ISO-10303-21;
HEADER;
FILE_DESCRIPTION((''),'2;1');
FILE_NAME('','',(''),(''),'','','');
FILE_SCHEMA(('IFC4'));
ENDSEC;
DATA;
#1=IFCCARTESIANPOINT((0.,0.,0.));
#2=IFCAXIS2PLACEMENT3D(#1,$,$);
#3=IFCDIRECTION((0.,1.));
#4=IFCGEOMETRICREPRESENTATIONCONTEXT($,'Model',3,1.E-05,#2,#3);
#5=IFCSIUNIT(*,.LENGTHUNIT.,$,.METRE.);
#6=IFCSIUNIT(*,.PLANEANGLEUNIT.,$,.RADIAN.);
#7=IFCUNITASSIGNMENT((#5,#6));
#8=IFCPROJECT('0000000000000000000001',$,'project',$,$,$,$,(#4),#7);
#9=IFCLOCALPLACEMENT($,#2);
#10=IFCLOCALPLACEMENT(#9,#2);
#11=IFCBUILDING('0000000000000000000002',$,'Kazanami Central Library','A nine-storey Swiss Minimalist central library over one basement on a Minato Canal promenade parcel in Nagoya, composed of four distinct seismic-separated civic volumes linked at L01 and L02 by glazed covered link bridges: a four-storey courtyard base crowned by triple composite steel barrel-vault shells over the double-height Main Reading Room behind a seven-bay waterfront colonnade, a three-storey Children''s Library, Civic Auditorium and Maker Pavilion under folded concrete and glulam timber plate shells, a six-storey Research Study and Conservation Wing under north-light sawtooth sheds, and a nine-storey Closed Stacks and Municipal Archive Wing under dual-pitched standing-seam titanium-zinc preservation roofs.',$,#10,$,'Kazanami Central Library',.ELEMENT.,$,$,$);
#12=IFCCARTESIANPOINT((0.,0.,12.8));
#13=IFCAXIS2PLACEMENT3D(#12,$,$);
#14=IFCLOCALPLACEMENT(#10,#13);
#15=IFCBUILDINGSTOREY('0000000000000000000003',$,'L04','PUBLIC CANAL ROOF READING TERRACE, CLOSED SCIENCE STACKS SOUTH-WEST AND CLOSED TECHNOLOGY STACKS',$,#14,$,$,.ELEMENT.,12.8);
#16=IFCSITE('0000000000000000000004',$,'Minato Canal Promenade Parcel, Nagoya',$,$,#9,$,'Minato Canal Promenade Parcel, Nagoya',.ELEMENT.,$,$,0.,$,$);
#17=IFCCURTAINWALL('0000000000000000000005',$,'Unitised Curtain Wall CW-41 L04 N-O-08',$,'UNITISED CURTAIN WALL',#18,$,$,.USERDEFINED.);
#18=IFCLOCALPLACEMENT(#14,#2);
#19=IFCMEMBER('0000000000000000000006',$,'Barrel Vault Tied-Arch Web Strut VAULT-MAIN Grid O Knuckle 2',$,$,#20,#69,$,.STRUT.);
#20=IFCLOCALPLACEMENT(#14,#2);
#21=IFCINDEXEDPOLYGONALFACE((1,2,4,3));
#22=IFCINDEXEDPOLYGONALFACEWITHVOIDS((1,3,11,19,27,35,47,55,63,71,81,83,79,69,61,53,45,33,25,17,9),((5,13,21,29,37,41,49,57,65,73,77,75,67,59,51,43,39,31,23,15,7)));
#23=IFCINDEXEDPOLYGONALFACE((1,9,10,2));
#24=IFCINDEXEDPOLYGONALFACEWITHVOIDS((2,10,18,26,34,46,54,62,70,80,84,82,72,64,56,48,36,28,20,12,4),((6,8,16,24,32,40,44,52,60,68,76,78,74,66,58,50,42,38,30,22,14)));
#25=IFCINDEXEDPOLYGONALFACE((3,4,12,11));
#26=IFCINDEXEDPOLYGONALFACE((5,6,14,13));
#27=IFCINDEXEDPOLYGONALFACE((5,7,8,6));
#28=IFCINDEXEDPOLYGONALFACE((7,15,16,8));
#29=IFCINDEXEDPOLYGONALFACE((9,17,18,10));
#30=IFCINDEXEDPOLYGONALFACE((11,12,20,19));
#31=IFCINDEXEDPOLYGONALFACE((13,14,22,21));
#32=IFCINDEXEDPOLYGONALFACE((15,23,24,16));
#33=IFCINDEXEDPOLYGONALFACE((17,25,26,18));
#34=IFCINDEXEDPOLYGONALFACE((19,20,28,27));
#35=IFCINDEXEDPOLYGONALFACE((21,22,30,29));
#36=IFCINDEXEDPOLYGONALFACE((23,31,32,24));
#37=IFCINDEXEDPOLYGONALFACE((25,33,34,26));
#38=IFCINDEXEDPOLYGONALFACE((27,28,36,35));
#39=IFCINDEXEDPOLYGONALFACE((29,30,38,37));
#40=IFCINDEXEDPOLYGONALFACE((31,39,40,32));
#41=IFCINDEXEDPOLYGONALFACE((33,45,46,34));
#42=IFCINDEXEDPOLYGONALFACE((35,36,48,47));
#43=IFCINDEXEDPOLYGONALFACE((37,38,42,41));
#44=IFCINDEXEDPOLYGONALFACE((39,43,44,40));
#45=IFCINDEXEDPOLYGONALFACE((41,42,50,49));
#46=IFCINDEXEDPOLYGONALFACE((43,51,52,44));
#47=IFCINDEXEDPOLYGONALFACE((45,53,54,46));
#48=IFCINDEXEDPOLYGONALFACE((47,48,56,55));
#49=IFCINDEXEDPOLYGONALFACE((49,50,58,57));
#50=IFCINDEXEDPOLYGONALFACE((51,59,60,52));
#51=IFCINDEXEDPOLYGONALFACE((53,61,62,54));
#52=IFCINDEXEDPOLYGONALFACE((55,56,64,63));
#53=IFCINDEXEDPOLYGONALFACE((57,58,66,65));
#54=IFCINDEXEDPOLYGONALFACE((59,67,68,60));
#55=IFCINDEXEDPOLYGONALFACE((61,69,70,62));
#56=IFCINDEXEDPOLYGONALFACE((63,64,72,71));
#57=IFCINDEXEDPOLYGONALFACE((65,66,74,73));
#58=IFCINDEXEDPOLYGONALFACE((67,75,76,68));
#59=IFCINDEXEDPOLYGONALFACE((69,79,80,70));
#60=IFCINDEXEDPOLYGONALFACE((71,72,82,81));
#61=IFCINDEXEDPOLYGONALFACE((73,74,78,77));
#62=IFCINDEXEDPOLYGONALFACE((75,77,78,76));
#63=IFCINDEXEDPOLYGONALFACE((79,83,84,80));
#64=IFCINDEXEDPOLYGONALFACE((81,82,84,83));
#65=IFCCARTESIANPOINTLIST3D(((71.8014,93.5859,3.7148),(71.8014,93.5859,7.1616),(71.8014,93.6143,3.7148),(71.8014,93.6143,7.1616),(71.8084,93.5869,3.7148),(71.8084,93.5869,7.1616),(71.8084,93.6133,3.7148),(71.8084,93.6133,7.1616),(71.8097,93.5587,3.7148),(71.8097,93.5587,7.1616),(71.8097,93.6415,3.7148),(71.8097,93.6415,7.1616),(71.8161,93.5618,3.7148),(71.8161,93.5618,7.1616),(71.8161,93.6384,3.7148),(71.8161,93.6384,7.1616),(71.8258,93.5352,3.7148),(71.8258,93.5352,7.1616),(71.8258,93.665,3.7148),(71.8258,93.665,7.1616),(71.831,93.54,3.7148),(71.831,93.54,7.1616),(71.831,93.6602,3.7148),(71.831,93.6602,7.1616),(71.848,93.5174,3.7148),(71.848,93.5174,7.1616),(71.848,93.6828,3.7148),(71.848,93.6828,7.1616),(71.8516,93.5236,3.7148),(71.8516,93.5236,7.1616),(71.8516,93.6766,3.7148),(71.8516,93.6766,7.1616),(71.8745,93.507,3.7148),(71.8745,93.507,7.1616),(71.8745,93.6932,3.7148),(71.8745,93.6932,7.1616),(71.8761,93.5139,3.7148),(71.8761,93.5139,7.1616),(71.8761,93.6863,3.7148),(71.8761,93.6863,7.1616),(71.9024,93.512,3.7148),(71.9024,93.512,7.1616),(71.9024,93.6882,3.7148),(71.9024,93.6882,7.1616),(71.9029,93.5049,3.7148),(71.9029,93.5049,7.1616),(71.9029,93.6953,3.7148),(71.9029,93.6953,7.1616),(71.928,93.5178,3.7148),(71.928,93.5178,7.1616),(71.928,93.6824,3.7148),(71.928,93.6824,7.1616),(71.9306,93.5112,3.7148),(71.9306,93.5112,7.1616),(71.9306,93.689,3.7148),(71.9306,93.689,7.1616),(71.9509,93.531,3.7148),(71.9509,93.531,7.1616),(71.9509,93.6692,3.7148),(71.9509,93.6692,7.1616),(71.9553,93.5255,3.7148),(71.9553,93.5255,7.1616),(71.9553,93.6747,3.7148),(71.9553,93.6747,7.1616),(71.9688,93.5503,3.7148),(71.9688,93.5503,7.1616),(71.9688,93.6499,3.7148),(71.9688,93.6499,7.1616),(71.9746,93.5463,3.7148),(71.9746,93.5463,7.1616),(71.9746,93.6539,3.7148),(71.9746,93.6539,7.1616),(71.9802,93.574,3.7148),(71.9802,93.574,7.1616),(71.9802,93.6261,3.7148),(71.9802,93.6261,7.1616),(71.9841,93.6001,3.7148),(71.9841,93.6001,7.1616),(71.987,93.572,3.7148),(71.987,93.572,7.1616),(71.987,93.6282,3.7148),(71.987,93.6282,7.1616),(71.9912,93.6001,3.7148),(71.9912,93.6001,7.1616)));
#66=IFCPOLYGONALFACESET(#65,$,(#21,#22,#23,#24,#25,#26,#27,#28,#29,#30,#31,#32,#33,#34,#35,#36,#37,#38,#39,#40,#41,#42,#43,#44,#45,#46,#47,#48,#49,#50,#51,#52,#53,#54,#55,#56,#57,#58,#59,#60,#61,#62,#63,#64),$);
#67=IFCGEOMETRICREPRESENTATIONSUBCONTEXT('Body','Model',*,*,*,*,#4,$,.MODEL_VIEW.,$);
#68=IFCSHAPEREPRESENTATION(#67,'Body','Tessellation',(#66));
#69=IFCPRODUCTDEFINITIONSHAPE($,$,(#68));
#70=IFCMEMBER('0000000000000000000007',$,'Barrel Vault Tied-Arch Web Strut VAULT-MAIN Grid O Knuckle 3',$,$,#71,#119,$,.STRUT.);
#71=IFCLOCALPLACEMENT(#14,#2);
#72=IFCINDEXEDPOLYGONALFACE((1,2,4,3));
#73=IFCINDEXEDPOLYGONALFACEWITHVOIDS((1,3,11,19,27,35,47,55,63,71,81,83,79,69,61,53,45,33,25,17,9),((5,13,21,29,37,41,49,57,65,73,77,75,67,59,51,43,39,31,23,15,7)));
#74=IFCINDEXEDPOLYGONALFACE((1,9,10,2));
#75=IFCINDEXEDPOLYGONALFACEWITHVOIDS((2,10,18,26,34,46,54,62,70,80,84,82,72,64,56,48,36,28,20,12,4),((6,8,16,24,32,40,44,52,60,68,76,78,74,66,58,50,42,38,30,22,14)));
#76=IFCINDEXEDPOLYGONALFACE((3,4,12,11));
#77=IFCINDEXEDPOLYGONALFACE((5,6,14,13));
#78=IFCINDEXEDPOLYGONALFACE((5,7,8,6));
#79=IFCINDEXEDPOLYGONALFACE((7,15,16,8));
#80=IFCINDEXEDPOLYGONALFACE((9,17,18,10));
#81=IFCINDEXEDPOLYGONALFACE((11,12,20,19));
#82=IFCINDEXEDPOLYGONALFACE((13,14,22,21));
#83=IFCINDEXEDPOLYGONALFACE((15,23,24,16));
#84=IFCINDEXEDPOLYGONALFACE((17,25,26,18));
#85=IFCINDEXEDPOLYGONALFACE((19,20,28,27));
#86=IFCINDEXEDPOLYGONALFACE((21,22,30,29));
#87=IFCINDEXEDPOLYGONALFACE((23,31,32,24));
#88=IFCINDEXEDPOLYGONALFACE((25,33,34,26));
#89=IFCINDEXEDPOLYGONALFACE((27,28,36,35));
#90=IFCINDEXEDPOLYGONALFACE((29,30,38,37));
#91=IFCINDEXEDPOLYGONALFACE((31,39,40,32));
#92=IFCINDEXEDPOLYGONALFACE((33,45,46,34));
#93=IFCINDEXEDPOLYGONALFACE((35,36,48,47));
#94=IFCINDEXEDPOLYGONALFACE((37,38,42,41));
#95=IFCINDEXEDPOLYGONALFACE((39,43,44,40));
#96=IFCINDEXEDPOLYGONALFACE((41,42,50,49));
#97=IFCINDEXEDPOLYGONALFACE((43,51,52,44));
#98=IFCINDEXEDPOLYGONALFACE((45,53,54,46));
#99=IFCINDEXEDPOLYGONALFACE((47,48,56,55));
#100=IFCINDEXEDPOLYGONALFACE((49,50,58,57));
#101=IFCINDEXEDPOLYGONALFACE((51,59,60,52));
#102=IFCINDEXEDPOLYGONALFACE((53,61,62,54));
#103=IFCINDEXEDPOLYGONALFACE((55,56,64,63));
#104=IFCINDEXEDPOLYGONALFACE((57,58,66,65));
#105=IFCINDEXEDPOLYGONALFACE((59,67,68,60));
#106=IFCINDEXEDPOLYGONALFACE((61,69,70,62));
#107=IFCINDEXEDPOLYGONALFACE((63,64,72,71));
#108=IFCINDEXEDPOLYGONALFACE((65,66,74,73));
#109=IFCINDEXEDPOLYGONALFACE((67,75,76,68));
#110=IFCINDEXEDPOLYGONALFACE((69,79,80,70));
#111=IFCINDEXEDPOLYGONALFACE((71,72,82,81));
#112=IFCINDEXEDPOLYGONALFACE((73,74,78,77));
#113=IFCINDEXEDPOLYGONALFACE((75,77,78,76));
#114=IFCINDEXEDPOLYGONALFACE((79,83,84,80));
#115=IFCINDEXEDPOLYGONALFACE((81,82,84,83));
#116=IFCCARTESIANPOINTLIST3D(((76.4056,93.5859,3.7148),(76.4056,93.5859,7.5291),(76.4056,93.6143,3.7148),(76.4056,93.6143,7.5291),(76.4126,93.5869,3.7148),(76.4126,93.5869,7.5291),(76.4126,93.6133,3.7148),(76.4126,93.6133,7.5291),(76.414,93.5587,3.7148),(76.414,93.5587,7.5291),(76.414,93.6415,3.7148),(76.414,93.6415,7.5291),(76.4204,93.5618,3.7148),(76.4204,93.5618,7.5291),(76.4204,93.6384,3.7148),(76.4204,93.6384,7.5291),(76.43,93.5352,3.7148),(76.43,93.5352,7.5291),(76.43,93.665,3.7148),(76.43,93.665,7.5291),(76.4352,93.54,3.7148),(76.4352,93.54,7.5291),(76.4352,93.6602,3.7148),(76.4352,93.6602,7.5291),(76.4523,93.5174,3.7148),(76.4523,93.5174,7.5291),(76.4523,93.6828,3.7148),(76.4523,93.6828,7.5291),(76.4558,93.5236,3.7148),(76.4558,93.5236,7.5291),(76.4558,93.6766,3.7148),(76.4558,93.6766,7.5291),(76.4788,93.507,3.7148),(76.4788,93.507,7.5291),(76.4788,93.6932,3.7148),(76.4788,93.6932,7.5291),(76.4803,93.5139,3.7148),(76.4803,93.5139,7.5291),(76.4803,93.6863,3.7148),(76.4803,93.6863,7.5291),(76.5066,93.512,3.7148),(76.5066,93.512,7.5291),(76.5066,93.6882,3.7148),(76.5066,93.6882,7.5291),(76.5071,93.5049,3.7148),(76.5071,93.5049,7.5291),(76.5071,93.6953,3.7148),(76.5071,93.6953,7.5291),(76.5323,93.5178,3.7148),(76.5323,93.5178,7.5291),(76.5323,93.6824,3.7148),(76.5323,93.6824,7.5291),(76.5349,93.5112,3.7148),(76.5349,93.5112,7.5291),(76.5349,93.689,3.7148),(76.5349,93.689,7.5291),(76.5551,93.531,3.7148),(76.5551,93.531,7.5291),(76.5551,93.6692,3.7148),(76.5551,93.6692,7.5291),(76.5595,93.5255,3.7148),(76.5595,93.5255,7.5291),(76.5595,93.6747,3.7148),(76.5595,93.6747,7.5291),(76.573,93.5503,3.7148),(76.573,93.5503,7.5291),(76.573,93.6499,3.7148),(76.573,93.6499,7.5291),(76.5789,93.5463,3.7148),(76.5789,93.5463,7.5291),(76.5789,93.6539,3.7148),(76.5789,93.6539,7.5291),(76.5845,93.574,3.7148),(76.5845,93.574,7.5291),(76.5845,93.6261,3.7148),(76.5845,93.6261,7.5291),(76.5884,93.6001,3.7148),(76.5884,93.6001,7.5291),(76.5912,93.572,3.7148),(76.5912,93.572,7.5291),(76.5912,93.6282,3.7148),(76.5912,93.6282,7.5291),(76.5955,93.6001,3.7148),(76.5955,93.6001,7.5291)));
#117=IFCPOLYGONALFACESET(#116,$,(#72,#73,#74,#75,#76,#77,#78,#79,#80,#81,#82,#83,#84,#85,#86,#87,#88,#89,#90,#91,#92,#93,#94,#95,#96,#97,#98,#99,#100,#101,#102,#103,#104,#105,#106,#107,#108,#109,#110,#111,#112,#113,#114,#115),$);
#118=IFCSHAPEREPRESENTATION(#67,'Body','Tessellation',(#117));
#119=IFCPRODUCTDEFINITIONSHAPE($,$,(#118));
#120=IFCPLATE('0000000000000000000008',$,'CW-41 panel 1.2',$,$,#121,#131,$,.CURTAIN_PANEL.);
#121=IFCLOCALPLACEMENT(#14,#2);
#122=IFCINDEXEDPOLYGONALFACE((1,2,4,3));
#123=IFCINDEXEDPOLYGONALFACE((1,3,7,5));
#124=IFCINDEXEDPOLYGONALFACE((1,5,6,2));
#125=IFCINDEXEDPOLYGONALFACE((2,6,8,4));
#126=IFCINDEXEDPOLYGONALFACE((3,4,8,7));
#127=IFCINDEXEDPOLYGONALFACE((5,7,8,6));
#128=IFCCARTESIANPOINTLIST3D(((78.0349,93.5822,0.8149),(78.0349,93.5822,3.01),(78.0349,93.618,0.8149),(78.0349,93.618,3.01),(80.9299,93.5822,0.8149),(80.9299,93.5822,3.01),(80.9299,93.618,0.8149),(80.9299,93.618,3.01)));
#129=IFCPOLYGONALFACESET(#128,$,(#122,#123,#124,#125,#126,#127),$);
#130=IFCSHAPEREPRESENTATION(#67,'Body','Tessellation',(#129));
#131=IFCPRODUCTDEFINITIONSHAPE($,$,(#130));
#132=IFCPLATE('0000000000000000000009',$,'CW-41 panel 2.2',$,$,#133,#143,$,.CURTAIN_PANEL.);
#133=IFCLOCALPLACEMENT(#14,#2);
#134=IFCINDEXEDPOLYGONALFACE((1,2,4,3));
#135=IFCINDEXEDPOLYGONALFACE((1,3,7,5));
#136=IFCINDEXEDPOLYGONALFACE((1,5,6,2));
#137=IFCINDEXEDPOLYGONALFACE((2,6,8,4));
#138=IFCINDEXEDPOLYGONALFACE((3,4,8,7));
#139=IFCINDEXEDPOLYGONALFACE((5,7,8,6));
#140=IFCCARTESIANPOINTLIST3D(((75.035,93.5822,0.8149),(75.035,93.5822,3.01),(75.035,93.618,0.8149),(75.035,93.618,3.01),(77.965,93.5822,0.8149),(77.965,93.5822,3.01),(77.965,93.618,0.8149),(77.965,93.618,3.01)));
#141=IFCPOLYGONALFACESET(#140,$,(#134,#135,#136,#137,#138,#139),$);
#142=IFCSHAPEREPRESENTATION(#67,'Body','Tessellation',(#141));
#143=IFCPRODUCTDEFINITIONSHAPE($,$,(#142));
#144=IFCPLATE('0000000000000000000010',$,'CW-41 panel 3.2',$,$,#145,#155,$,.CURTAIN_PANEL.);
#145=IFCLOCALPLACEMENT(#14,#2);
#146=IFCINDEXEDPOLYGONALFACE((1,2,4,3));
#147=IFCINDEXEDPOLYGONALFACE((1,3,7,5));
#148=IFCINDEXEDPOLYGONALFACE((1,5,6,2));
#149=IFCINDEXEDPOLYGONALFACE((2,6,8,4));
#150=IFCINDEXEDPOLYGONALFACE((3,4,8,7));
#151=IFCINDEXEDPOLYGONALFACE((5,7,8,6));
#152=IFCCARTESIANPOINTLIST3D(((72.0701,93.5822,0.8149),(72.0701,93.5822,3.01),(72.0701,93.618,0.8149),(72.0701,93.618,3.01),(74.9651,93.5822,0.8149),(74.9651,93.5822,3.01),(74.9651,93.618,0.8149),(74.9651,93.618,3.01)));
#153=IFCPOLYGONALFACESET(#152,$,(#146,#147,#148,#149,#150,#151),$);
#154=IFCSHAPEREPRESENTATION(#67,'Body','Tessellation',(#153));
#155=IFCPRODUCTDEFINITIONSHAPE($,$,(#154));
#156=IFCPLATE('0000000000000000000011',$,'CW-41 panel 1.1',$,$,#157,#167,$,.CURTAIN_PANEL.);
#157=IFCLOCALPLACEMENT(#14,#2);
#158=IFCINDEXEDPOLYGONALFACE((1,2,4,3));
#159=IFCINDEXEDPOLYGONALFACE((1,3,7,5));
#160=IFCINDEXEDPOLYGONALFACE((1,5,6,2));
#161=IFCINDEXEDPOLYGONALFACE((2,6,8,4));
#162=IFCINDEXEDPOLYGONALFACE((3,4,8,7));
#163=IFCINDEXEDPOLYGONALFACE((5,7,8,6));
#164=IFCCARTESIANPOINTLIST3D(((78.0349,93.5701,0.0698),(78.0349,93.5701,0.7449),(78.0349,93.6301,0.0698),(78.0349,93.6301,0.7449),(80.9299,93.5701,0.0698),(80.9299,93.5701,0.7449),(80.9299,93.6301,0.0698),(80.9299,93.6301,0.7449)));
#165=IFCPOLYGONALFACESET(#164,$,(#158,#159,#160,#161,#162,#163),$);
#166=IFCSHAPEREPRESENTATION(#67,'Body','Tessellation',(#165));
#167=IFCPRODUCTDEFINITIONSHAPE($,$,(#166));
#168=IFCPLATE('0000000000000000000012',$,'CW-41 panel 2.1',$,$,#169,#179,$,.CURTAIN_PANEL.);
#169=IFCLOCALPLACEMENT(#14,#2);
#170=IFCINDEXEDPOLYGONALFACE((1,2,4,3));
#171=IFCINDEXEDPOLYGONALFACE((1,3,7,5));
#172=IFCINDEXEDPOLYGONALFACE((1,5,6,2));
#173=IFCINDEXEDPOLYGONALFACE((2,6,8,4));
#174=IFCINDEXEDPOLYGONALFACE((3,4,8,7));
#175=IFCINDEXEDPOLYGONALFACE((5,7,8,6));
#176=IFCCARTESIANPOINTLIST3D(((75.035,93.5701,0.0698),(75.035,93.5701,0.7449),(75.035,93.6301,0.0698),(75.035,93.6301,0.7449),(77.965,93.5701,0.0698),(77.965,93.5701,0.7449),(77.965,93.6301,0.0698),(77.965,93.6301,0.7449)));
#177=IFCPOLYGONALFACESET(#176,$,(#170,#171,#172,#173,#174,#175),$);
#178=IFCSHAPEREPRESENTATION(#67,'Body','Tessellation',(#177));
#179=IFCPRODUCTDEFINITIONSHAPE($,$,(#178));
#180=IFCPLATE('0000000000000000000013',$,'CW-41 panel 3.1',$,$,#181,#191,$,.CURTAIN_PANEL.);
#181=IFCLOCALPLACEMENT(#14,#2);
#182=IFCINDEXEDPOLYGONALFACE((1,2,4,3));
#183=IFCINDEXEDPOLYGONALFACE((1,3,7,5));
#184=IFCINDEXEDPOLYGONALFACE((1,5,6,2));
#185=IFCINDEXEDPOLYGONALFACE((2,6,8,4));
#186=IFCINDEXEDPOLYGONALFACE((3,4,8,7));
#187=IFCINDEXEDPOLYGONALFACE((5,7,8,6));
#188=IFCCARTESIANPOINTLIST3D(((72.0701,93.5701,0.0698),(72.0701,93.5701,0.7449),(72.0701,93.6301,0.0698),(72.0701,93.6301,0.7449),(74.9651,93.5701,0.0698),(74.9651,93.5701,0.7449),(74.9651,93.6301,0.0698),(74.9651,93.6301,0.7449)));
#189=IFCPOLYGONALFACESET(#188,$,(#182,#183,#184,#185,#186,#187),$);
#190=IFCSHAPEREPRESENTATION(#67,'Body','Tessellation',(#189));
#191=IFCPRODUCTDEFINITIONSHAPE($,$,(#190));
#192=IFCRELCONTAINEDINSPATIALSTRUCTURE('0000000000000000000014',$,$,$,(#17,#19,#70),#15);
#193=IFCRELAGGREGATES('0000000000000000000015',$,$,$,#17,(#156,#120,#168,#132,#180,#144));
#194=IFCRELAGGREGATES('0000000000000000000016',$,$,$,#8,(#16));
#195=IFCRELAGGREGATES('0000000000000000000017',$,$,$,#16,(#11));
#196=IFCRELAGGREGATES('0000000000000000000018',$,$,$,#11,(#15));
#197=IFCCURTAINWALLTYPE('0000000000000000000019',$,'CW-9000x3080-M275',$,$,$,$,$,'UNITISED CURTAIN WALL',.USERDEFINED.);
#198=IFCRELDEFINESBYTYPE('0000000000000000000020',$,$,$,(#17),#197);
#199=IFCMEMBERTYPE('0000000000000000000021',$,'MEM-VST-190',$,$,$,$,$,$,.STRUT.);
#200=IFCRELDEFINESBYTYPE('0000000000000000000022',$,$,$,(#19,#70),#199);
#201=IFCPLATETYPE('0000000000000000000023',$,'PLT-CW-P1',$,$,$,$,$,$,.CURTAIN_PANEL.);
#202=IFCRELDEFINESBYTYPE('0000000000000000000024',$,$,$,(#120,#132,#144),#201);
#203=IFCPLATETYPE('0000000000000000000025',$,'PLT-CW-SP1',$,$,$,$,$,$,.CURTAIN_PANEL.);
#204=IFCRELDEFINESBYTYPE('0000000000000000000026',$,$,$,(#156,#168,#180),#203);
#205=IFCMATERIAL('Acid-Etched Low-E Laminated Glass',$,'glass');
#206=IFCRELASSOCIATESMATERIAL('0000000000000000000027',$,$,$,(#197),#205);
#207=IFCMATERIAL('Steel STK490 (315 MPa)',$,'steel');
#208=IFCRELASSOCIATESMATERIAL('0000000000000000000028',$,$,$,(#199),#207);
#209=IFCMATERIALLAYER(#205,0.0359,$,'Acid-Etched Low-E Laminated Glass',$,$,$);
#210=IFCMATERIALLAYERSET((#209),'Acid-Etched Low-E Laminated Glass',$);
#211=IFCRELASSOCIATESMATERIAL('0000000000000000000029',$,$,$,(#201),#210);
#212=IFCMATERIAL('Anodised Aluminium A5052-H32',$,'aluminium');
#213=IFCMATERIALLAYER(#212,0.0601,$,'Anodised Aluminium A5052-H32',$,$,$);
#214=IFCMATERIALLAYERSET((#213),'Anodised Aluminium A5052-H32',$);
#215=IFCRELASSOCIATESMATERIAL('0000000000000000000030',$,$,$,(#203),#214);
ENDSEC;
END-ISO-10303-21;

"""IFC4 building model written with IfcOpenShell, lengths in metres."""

from ifc_helpers import new_model, si_unit, direction, frame, origin, origin_2d, place, context, subcontext, project, spatial, rectangle, hollow_circle, extrude, material, layer, layer_set, material_profile, profile_set, type_object, element, aggregate, save


model = new_model("IFC4")

# Units and contexts
model_context = context("Model", 3, precision=1e-05, world=origin(), true_north=direction((0.0, 1.0)))
body_context = subcontext(model_context, "Body", "Model", "MODEL_VIEW")
ifc_project = project(units=[si_unit("LENGTHUNIT", "METRE"), si_unit("PLANEANGLEUNIT", "RADIAN")], contexts=[model_context])

# Site, building, storey
site_placement = place(None, origin())
site = spatial("IfcSite", under=ifc_project, at=site_placement, Name="Minato Canal Promenade Parcel, Nagoya", LongName="Minato Canal Promenade Parcel, Nagoya", CompositionType="ELEMENT", RefElevation=0.0)
building_placement = place(site_placement, origin())
building = spatial("IfcBuilding", under=site, at=building_placement, Name="Kazanami Central Library", Description="A nine-storey Swiss Minimalist central library over one basement on a Minato Canal promenade parcel in Nagoya, composed of four distinct seismic-separated civic volumes linked at L01 and L02 by glazed covered link bridges: a four-storey courtyard base crowned by triple composite steel barrel-vault shells over the double-height Main Reading Room behind a seven-bay waterfront colonnade, a three-storey Children's Library, Civic Auditorium and Maker Pavilion under folded concrete and glulam timber plate shells, a six-storey Research Study and Conservation Wing under north-light sawtooth sheds, and a nine-storey Closed Stacks and Municipal Archive Wing under dual-pitched standing-seam titanium-zinc preservation roofs.", LongName="Kazanami Central Library", CompositionType="ELEMENT")
storey_placement = place(building_placement, frame((0.0, 0.0, 12.8)))
storey = spatial("IfcBuildingStorey", under=building, at=storey_placement, Name="L04", Description="PUBLIC CANAL ROOF READING TERRACE, CLOSED SCIENCE STACKS SOUTH-WEST AND CLOSED TECHNOLOGY STACKS", CompositionType="ELEMENT", Elevation=12.8)

# Shared definitions
ifc_material_1 = material(Name="Acid-Etched Low-E Laminated Glass", Category="glass")

# Curtain wall
curtain_wall_type_1 = type_object("IfcCurtainWallType", Name="CW-9000x3080-M275", ElementType="UNITISED CURTAIN WALL", PredefinedType="USERDEFINED", material=ifc_material_1)
curtain_wall_1_placement = place(storey_placement, origin())
curtain_wall_1 = element("IfcCurtainWall", 1, at=curtain_wall_1_placement, inside=storey, type_object=curtain_wall_type_1, Name="Unitised Curtain Wall CW-41 L04 N-O-08", ObjectType="UNITISED CURTAIN WALL", PredefinedType="USERDEFINED")

# Members
ifc_material_2 = material(Name="Steel STK490 (315 MPa)", Category="steel")
ifc_material_profile_1 = material_profile(ifc_material_2, hollow_circle(Radius=0.0955, WallThickness=0.0071, at=origin_2d()), Name="CHS-190.7x7.0")
ifc_profile_set_1 = profile_set([ifc_material_profile_1], Name="Steel STK490 (315 MPa)")
member_type_1 = type_object("IfcMemberType", Name="MEM-VST-190", PredefinedType="STRUT", material=ifc_profile_set_1)
member_1_placement = place(storey_placement, frame((71.8958, 93.6001, 3.7148), z_axis=(0.0, 0.0, 1.0), x_axis=(1.0, 0.0, 0.0)))
element("IfcMember", 2, at=member_1_placement, inside=storey, type_object=member_type_1, Name="Barrel Vault Tied-Arch Web Strut VAULT-MAIN Grid O Knuckle 2", PredefinedType="STRUT", context=body_context, shape_type="SweptSolid", body=[
    extrude(hollow_circle(Radius=0.0955, WallThickness=0.0071, at=origin_2d()), origin(), (0.0, 0.0, 1.0), 3.4468),
])
member_2_placement = place(storey_placement, frame((76.5, 93.6001, 3.7148), z_axis=(0.0, 0.0, 1.0), x_axis=(1.0, 0.0, 0.0)))
element("IfcMember", 3, at=member_2_placement, inside=storey, type_object=member_type_1, Name="Barrel Vault Tied-Arch Web Strut VAULT-MAIN Grid O Knuckle 3", PredefinedType="STRUT", context=body_context, shape_type="SweptSolid", body=[
    extrude(hollow_circle(Radius=0.0955, WallThickness=0.0071, at=origin_2d()), origin(), (0.0, 0.0, 1.0), 3.8142),
])

# Plates
ifc_layer_1 = layer(ifc_material_1, 0.0359, Name="Acid-Etched Low-E Laminated Glass")
ifc_layer_set_1 = layer_set([ifc_layer_1], Name="Acid-Etched Low-E Laminated Glass")
plate_type_1 = type_object("IfcPlateType", Name="PLT-CW-P1", PredefinedType="CURTAIN_PANEL", material=ifc_layer_set_1)
plate_1_placement = place(storey_placement, frame((79.4824, 93.6001, 0.8149), z_axis=(0.0, 0.0, 1.0), x_axis=(-1.0, 0.0, 0.0)))
plate_1 = element("IfcPlate", 4, at=plate_1_placement, type_object=plate_type_1, Name="CW-41 panel 1.2", PredefinedType="CURTAIN_PANEL", context=body_context, shape_type="SweptSolid", body=[
    extrude(rectangle(XDim=2.895, YDim=0.0359, at=origin_2d()), origin(), (0.0, 0.0, 1.0), 2.1951),
])
plate_2_placement = place(storey_placement, frame((76.5, 93.6001, 0.8149), z_axis=(0.0, 0.0, 1.0), x_axis=(-1.0, 0.0, 0.0)))
plate_2 = element("IfcPlate", 5, at=plate_2_placement, type_object=plate_type_1, Name="CW-41 panel 2.2", PredefinedType="CURTAIN_PANEL", context=body_context, shape_type="SweptSolid", body=[
    extrude(rectangle(XDim=2.9299, YDim=0.0359, at=origin_2d()), origin(), (0.0, 0.0, 1.0), 2.1951),
])
plate_3_placement = place(storey_placement, frame((73.5176, 93.6001, 0.8149), z_axis=(0.0, 0.0, 1.0), x_axis=(-1.0, 0.0, 0.0)))
plate_3 = element("IfcPlate", 6, at=plate_3_placement, type_object=plate_type_1, Name="CW-41 panel 3.2", PredefinedType="CURTAIN_PANEL", context=body_context, shape_type="SweptSolid", body=[
    extrude(rectangle(XDim=2.895, YDim=0.0359, at=origin_2d()), origin(), (0.0, 0.0, 1.0), 2.1951),
])
ifc_material_3 = material(Name="Anodised Aluminium A5052-H32", Category="aluminium")
ifc_layer_2 = layer(ifc_material_3, 0.0601, Name="Anodised Aluminium A5052-H32")
ifc_layer_set_2 = layer_set([ifc_layer_2], Name="Anodised Aluminium A5052-H32")
plate_type_2 = type_object("IfcPlateType", Name="PLT-CW-SP1", PredefinedType="CURTAIN_PANEL", material=ifc_layer_set_2)
plate_4_placement = place(storey_placement, frame((79.4824, 93.6001, 0.0698), z_axis=(0.0, 0.0, 1.0), x_axis=(-1.0, 0.0, 0.0)))
plate_4 = element("IfcPlate", 7, at=plate_4_placement, type_object=plate_type_2, Name="CW-41 panel 1.1", PredefinedType="CURTAIN_PANEL", context=body_context, shape_type="SweptSolid", body=[
    extrude(rectangle(XDim=2.895, YDim=0.0601, at=origin_2d()), origin(), (0.0, 0.0, 1.0), 0.675),
])
plate_5_placement = place(storey_placement, frame((76.5, 93.6001, 0.0698), z_axis=(0.0, 0.0, 1.0), x_axis=(-1.0, 0.0, 0.0)))
plate_5 = element("IfcPlate", 8, at=plate_5_placement, type_object=plate_type_2, Name="CW-41 panel 2.1", PredefinedType="CURTAIN_PANEL", context=body_context, shape_type="SweptSolid", body=[
    extrude(rectangle(XDim=2.9299, YDim=0.0601, at=origin_2d()), origin(), (0.0, 0.0, 1.0), 0.675),
])
plate_6_placement = place(storey_placement, frame((73.5176, 93.6001, 0.0698), z_axis=(0.0, 0.0, 1.0), x_axis=(-1.0, 0.0, 0.0)))
plate_6 = element("IfcPlate", 9, at=plate_6_placement, type_object=plate_type_2, Name="CW-41 panel 3.1", PredefinedType="CURTAIN_PANEL", context=body_context, shape_type="SweptSolid", body=[
    extrude(rectangle(XDim=2.895, YDim=0.0601, at=origin_2d()), origin(), (0.0, 0.0, 1.0), 0.675),
])
aggregate(curtain_wall_1, [plate_4, plate_1, plate_5, plate_2, plate_6, plate_3])

save(model, "model.ifc")
